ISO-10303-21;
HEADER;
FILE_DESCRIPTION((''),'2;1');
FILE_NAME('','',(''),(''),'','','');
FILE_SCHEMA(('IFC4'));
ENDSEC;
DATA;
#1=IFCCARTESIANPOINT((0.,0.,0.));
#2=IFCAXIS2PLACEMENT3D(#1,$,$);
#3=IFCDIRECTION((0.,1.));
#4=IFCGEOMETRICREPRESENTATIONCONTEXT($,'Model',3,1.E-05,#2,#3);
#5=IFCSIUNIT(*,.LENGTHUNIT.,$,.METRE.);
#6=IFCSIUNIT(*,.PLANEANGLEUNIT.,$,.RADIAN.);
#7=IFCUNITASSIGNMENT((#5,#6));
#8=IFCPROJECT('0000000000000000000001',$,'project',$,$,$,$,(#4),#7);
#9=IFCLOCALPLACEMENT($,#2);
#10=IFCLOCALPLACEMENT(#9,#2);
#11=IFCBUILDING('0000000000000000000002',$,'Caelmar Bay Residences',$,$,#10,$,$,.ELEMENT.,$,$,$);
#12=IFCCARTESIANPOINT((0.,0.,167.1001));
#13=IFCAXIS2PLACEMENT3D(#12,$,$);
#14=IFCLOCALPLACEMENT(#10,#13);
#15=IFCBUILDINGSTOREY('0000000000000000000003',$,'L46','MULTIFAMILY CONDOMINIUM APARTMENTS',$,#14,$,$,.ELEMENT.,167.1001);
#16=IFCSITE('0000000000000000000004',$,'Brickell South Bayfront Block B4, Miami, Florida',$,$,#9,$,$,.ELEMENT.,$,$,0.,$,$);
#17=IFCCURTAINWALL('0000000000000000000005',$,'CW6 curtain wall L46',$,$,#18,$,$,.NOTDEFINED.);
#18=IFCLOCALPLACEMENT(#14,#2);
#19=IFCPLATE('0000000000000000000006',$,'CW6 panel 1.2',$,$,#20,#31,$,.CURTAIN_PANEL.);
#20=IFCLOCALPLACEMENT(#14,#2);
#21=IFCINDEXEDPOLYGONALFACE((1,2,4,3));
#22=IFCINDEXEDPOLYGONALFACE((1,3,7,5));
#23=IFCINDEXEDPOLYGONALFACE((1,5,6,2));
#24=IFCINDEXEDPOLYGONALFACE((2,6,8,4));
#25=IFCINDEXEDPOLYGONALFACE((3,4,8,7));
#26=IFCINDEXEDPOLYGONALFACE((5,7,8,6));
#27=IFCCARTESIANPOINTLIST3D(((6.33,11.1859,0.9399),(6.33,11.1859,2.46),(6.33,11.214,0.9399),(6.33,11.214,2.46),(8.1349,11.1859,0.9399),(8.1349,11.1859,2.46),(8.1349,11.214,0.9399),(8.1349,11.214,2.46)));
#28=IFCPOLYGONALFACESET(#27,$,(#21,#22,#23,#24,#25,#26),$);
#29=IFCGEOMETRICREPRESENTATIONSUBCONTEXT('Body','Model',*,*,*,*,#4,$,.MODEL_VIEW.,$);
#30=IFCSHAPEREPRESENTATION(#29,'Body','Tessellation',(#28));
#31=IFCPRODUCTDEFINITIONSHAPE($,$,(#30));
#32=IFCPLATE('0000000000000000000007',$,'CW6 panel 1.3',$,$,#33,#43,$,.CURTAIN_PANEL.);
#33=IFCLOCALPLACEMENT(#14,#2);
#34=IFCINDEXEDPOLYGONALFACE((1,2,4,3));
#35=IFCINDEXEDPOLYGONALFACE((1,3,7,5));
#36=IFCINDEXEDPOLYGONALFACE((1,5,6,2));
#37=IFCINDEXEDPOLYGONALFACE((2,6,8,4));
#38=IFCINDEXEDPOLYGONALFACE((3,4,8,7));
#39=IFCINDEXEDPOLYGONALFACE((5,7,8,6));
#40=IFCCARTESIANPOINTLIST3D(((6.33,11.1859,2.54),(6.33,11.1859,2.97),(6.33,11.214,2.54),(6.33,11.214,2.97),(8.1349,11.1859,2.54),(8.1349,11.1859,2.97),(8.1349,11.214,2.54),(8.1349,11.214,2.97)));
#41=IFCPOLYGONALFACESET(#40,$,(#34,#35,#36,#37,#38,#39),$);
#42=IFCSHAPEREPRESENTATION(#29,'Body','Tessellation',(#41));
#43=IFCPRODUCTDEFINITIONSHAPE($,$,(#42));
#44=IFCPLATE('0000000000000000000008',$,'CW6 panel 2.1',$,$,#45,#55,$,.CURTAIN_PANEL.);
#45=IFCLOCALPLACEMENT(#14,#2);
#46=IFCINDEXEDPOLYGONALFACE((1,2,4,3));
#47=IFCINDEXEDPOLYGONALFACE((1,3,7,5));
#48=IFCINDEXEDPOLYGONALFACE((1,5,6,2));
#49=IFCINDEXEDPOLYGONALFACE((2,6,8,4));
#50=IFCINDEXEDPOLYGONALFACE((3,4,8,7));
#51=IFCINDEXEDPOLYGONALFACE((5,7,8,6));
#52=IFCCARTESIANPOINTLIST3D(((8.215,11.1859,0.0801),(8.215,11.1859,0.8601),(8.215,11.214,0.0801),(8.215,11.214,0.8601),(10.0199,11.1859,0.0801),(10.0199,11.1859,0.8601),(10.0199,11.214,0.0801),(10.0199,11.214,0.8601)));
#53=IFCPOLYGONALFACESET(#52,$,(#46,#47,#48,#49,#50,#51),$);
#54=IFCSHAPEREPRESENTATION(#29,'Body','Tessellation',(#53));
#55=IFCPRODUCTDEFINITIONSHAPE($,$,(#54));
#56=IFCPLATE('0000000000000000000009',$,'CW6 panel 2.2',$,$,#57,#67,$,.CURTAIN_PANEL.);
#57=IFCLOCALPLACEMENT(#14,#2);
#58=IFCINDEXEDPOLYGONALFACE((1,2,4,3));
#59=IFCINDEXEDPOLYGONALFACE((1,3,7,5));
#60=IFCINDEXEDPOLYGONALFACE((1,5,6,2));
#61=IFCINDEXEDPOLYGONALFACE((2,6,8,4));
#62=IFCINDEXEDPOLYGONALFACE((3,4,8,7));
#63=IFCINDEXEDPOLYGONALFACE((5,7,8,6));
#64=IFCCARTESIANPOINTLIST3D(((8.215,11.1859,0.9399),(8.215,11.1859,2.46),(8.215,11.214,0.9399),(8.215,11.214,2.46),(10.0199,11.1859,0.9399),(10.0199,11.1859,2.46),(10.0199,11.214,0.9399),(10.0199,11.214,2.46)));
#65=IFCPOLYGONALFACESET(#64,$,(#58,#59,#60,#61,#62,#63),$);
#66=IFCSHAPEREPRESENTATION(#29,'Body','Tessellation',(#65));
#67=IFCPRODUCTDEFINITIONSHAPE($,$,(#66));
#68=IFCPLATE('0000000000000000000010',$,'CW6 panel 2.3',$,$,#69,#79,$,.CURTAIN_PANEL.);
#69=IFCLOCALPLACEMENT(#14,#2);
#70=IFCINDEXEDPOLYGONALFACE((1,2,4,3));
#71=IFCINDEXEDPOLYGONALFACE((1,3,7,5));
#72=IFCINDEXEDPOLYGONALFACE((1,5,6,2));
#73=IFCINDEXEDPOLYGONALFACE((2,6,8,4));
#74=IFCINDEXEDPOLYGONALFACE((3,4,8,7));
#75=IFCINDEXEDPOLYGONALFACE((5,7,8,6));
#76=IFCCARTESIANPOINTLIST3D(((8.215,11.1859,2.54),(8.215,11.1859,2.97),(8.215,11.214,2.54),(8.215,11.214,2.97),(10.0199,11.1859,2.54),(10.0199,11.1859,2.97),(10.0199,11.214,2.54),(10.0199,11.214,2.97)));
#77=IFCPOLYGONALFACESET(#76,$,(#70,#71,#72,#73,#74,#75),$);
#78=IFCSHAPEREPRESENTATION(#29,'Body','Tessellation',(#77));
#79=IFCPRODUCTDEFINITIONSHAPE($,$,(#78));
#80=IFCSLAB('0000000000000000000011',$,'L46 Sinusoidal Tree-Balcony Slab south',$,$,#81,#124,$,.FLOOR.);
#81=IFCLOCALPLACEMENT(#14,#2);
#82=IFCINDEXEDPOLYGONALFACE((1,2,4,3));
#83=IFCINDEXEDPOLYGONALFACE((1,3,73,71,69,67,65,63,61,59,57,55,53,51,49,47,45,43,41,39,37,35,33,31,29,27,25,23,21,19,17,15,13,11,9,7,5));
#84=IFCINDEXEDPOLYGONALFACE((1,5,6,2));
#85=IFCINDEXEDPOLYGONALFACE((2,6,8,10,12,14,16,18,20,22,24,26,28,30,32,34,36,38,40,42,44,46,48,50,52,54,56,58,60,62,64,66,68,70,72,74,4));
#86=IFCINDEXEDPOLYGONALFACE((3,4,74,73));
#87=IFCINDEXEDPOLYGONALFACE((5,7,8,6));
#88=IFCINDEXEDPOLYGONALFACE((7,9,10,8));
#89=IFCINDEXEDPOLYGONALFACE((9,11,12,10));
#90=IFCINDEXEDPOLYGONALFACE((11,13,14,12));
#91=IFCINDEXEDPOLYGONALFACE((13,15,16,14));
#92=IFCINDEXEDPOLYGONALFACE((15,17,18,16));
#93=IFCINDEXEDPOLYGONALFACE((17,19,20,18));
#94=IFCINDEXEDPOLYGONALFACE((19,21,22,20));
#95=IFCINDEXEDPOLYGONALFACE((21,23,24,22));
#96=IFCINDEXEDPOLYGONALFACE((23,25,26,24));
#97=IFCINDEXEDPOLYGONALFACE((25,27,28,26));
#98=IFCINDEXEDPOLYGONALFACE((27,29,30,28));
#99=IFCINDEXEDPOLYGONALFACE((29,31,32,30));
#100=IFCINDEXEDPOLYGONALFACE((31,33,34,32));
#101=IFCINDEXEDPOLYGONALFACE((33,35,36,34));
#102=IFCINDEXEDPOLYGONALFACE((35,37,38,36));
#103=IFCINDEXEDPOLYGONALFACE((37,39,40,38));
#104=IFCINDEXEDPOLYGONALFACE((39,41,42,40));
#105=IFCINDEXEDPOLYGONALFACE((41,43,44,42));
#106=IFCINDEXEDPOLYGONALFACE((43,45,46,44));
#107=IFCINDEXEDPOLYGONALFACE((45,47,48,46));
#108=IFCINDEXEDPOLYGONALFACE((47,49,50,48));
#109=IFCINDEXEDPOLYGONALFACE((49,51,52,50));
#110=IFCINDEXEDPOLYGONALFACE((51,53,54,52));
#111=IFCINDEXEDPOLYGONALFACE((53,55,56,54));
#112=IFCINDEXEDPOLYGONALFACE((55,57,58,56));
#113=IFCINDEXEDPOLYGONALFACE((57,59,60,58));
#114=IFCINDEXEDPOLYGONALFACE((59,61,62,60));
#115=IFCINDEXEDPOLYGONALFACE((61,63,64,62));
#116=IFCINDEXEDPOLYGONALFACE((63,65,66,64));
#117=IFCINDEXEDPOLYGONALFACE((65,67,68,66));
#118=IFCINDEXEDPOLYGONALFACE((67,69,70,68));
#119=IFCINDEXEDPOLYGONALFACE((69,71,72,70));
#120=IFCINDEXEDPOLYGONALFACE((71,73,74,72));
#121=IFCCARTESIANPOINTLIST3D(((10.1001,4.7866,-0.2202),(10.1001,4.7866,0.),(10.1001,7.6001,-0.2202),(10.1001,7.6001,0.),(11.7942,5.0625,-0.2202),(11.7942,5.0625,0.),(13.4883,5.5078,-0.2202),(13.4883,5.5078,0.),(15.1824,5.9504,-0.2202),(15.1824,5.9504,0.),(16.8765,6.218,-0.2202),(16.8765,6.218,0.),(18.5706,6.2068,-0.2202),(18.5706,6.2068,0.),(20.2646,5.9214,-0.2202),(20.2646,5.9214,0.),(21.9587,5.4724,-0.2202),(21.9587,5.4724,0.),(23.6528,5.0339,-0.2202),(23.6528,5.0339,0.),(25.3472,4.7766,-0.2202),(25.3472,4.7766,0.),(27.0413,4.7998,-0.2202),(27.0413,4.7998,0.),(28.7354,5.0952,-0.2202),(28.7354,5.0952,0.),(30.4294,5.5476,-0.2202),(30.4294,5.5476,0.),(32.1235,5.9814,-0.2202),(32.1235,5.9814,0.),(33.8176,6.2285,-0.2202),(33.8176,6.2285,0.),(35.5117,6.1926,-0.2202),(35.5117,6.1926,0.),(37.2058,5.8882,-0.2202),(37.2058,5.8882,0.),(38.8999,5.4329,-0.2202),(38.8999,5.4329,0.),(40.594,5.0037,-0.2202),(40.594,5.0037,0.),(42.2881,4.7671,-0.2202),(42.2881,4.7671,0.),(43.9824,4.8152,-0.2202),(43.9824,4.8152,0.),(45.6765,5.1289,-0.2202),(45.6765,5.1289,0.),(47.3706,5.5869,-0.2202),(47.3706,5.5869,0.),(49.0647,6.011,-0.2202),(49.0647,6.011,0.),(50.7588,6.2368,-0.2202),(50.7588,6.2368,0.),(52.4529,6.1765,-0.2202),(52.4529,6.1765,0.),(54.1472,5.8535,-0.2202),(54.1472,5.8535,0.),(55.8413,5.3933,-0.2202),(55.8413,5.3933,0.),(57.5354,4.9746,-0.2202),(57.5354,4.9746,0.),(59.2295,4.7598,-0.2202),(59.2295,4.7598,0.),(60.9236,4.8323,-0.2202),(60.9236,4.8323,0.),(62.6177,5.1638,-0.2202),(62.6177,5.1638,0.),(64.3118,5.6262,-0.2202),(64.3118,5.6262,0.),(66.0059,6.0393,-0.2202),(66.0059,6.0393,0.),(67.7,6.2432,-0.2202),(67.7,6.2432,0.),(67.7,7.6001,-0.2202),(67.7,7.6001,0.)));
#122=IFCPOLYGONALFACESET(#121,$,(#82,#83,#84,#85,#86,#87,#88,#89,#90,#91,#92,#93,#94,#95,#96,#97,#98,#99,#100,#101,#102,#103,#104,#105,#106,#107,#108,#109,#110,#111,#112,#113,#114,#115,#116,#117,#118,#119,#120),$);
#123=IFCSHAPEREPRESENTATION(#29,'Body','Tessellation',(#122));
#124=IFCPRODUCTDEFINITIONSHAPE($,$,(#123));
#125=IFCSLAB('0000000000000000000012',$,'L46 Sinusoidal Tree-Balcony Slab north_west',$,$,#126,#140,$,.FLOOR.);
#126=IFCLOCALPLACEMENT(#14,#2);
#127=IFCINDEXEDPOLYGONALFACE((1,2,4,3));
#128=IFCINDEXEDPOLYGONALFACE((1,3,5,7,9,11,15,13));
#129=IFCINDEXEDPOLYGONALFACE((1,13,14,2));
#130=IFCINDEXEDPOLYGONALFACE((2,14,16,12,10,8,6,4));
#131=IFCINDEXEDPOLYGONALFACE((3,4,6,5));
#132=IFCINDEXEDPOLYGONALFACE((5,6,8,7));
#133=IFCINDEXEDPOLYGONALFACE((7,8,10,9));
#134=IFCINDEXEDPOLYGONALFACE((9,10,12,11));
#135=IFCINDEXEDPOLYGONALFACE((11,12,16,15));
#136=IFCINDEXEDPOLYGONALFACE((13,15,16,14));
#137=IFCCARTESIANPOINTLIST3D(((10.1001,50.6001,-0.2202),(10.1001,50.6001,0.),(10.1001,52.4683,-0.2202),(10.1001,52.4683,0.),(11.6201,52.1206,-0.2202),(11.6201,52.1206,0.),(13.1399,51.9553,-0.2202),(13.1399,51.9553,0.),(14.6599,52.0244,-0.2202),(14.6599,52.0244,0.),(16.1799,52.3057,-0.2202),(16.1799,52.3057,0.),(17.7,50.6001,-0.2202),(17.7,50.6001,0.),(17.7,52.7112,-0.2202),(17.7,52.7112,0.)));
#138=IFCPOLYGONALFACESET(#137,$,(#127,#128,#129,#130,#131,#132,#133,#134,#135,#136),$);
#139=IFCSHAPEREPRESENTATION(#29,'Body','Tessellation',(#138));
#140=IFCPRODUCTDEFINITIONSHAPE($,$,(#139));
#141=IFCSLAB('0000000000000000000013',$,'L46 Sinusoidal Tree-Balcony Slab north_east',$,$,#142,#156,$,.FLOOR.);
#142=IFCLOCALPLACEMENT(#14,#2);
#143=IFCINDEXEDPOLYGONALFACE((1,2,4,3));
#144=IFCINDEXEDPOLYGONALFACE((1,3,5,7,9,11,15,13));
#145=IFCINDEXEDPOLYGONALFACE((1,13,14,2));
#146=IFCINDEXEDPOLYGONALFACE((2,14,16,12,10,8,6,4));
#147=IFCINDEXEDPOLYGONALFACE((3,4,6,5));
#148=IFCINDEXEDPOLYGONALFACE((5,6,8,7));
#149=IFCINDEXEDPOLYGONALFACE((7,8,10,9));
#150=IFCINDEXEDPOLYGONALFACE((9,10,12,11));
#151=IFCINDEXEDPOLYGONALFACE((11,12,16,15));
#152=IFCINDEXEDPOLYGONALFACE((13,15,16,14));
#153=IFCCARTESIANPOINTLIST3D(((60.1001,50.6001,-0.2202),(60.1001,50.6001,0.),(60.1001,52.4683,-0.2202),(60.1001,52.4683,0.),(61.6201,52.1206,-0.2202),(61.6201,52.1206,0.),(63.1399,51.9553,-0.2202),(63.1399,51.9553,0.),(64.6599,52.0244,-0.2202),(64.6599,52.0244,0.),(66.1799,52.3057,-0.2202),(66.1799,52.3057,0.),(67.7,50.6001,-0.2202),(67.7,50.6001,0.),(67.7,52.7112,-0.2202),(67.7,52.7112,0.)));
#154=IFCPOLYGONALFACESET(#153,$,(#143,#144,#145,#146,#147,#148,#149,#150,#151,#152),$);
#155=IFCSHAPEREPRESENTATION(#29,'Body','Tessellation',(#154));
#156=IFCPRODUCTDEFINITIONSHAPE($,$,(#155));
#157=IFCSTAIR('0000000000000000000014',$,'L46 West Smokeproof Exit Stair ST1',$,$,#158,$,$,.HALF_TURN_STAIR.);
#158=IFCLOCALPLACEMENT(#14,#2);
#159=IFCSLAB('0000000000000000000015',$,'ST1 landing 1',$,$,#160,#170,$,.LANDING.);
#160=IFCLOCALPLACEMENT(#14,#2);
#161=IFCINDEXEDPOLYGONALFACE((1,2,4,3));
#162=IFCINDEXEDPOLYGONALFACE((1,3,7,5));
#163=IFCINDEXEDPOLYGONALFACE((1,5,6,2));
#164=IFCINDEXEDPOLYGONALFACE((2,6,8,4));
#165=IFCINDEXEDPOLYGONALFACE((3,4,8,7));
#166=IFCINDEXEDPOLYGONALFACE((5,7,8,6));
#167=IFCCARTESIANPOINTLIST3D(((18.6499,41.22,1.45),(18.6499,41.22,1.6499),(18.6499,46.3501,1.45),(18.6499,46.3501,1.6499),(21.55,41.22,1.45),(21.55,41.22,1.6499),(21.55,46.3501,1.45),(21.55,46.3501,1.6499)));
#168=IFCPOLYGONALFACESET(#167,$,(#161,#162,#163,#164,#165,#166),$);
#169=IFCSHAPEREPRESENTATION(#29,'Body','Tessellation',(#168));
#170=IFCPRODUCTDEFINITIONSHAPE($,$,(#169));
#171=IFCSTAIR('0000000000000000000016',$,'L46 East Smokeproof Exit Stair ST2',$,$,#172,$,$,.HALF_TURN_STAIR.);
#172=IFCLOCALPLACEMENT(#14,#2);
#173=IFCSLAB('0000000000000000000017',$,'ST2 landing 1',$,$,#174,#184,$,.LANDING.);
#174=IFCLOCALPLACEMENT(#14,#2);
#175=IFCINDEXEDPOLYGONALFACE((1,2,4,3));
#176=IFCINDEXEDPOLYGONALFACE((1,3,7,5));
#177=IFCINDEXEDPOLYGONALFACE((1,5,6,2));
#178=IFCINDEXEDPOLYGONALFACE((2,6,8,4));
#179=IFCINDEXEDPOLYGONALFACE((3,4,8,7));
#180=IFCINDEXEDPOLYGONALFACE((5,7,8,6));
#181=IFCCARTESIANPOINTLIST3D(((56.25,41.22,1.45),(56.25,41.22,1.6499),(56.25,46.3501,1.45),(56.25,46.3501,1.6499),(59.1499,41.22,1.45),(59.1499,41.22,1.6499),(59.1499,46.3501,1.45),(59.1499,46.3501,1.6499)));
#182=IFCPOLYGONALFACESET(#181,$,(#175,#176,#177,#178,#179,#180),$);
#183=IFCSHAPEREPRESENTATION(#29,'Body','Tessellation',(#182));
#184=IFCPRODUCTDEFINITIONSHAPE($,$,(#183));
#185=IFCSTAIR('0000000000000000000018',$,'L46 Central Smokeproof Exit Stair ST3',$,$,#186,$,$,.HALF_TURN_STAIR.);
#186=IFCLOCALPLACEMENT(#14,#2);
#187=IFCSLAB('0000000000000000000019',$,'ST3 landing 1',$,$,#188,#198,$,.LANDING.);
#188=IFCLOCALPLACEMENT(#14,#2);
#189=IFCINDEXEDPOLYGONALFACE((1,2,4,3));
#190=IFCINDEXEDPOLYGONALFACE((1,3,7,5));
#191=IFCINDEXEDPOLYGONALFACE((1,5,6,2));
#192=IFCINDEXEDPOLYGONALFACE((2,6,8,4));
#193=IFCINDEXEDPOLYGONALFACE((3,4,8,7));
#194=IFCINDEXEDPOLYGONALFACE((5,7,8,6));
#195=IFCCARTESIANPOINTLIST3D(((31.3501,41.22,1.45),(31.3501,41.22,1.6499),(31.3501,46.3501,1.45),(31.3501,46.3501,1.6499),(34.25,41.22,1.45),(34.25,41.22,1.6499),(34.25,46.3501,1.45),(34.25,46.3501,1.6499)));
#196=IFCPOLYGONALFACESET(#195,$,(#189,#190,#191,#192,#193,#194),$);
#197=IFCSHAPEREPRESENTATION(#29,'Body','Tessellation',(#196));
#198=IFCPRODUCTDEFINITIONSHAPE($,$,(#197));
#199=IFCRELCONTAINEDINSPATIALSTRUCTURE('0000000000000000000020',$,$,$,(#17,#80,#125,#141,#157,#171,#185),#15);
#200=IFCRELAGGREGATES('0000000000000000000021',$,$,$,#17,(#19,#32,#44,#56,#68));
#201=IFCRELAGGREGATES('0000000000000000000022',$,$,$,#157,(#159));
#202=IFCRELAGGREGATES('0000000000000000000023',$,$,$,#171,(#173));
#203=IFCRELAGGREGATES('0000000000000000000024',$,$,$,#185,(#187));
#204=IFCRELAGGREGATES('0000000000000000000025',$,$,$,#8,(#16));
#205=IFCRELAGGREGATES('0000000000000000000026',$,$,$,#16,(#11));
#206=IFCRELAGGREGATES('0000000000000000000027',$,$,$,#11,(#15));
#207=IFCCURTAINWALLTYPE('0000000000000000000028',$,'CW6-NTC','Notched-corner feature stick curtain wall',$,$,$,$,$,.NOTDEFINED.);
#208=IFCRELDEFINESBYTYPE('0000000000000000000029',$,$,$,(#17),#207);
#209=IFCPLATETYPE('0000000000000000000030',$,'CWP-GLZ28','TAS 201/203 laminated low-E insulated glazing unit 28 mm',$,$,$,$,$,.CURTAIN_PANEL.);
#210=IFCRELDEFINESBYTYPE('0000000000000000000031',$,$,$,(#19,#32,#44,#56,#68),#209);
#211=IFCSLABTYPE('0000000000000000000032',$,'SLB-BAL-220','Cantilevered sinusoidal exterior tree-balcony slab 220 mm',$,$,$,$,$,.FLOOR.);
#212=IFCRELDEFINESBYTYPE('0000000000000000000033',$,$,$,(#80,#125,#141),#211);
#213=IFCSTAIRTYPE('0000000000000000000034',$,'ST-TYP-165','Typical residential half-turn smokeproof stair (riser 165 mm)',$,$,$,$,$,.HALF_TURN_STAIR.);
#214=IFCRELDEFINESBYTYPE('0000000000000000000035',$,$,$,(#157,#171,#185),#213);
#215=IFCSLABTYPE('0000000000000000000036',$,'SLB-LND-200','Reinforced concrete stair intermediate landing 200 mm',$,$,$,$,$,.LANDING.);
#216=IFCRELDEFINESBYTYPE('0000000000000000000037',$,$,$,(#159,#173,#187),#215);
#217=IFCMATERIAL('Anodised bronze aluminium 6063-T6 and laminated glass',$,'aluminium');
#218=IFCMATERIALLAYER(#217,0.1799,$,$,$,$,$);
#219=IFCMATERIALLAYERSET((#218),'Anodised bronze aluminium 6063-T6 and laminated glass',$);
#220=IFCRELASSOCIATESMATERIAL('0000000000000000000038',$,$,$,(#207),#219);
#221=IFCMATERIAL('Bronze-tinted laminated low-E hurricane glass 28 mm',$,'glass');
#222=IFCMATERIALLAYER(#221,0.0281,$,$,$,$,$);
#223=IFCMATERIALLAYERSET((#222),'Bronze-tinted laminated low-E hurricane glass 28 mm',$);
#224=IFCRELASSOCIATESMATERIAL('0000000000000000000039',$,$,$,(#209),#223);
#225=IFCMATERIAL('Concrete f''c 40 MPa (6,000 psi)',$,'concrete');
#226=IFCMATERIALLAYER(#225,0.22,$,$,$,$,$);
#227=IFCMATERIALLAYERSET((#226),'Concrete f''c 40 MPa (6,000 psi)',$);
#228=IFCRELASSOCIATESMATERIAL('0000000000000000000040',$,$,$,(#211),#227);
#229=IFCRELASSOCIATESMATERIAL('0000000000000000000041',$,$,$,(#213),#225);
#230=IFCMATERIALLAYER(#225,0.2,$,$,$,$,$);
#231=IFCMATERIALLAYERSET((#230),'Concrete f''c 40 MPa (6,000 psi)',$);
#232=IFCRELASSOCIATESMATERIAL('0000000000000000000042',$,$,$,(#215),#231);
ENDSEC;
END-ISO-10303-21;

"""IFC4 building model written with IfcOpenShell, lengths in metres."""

from ifc_helpers import new_model, si_unit, direction, frame, origin, origin_2d, place, context, subcontext, project, spatial, polyline, rectangle, outline, extrude, material, layer, layer_set, type_object, element, aggregate, save


model = new_model("IFC4")

# Units and contexts
model_context = context("Model", 3, precision=1e-05, world=origin(), true_north=direction((0.0, 1.0)))
body_context = subcontext(model_context, "Body", "Model", "MODEL_VIEW")
ifc_project = project(units=[si_unit("LENGTHUNIT", "METRE"), si_unit("PLANEANGLEUNIT", "RADIAN")], contexts=[model_context])

# Site, building, storey
site_placement = place(None, origin())
site = spatial("IfcSite", under=ifc_project, at=site_placement, Name="Brickell South Bayfront Block B4, Miami, Florida", CompositionType="ELEMENT", RefElevation=0.0)
building_placement = place(site_placement, origin())
building = spatial("IfcBuilding", under=site, at=building_placement, Name="Caelmar Bay Residences", CompositionType="ELEMENT")
storey_placement = place(building_placement, frame((0.0, 0.0, 167.1001)))
storey = spatial("IfcBuildingStorey", under=building, at=storey_placement, Name="L46", Description="MULTIFAMILY CONDOMINIUM APARTMENTS", CompositionType="ELEMENT", Elevation=167.1001)

# Curtain wall
ifc_material_1 = material(Name="Anodised bronze aluminium 6063-T6 and laminated glass", Category="aluminium")
ifc_layer_1 = layer(ifc_material_1, 0.1799)
ifc_layer_set_1 = layer_set([ifc_layer_1], Name="Anodised bronze aluminium 6063-T6 and laminated glass")
curtain_wall_type_1 = type_object("IfcCurtainWallType", Name="CW6-NTC", Description="Notched-corner feature stick curtain wall", PredefinedType="NOTDEFINED", material=ifc_layer_set_1)
curtain_wall_1_placement = place(storey_placement, origin())
curtain_wall_1 = element("IfcCurtainWall", 1, at=curtain_wall_1_placement, inside=storey, type_object=curtain_wall_type_1, Name="CW6 curtain wall L46", PredefinedType="NOTDEFINED")

# Plates
ifc_material_2 = material(Name="Bronze-tinted laminated low-E hurricane glass 28 mm", Category="glass")
ifc_layer_2 = layer(ifc_material_2, 0.0281)
ifc_layer_set_2 = layer_set([ifc_layer_2], Name="Bronze-tinted laminated low-E hurricane glass 28 mm")
plate_type = type_object("IfcPlateType", Name="CWP-GLZ28", Description="TAS 201/203 laminated low-E insulated glazing unit 28 mm", PredefinedType="CURTAIN_PANEL", material=ifc_layer_set_2)
plate_1_placement = place(storey_placement, frame((7.2324, 11.2, 0.9399), z_axis=(0.0, 0.0, 1.0), x_axis=(1.0, 0.0, 0.0)))
plate_1 = element("IfcPlate", 2, at=plate_1_placement, type_object=plate_type, Name="CW6 panel 1.2", PredefinedType="CURTAIN_PANEL", context=body_context, shape_type="SweptSolid", body=[
    extrude(rectangle(XDim=1.8049, YDim=0.0281, at=origin_2d()), origin(), (0.0, 0.0, 1.0), 1.52),
])
plate_2_placement = place(storey_placement, frame((7.2324, 11.2, 2.54), z_axis=(0.0, 0.0, 1.0), x_axis=(1.0, 0.0, 0.0)))
plate_2 = element("IfcPlate", 3, at=plate_2_placement, type_object=plate_type, Name="CW6 panel 1.3", PredefinedType="CURTAIN_PANEL", context=body_context, shape_type="SweptSolid", body=[
    extrude(rectangle(XDim=1.8049, YDim=0.0281, at=origin_2d()), origin(), (0.0, 0.0, 1.0), 0.4299),
])
plate_3_placement = place(storey_placement, frame((9.1174, 11.2, 0.0801), z_axis=(0.0, 0.0, 1.0), x_axis=(1.0, 0.0, 0.0)))
plate_3 = element("IfcPlate", 4, at=plate_3_placement, type_object=plate_type, Name="CW6 panel 2.1", PredefinedType="CURTAIN_PANEL", context=body_context, shape_type="SweptSolid", body=[
    extrude(rectangle(XDim=1.8049, YDim=0.0281, at=origin_2d()), origin(), (0.0, 0.0, 1.0), 0.78),
])
plate_4_placement = place(storey_placement, frame((9.1174, 11.2, 0.9399), z_axis=(0.0, 0.0, 1.0), x_axis=(1.0, 0.0, 0.0)))
plate_4 = element("IfcPlate", 5, at=plate_4_placement, type_object=plate_type, Name="CW6 panel 2.2", PredefinedType="CURTAIN_PANEL", context=body_context, shape_type="SweptSolid", body=[
    extrude(rectangle(XDim=1.8049, YDim=0.0281, at=origin_2d()), origin(), (0.0, 0.0, 1.0), 1.52),
])
plate_5_placement = place(storey_placement, frame((9.1174, 11.2, 2.54), z_axis=(0.0, 0.0, 1.0), x_axis=(1.0, 0.0, 0.0)))
plate_5 = element("IfcPlate", 6, at=plate_5_placement, type_object=plate_type, Name="CW6 panel 2.3", PredefinedType="CURTAIN_PANEL", context=body_context, shape_type="SweptSolid", body=[
    extrude(rectangle(XDim=1.8049, YDim=0.0281, at=origin_2d()), origin(), (0.0, 0.0, 1.0), 0.4299),
])
aggregate(curtain_wall_1, [plate_1, plate_2, plate_3, plate_4, plate_5])

# Slabs
ifc_material_3 = material(Name="Concrete f'c 40 MPa (6,000 psi)", Category="concrete")
ifc_layer_3 = layer(ifc_material_3, 0.22)
ifc_layer_set_3 = layer_set([ifc_layer_3], Name="Concrete f'c 40 MPa (6,000 psi)")
slab_type_1 = type_object("IfcSlabType", Name="SLB-BAL-220", Description="Cantilevered sinusoidal exterior tree-balcony slab 220 mm", PredefinedType="FLOOR", material=ifc_layer_set_3)
slab_1_placement = place(storey_placement, frame((0.0, 0.0, -0.2202)))
element("IfcSlab", 7, at=slab_1_placement, inside=storey, type_object=slab_type_1, Name="L46 Sinusoidal Tree-Balcony Slab south", PredefinedType="FLOOR", context=body_context, shape_type="SweptSolid", body=[
    extrude(outline(polyline([(10.1001, 4.7866), (11.7942, 5.0625), (13.4883, 5.5078), (15.1824, 5.9504), (16.8765, 6.218), (18.5706, 6.2068), (20.2646, 5.9214), (21.9587, 5.4724), (23.6528, 5.0339), (25.3472, 4.7766), (27.0413, 4.7998), (28.7354, 5.0952), (30.4294, 5.5476), (32.1235, 5.9814), (33.8176, 6.2285), (35.5117, 6.1926), (37.2058, 5.8882), (38.8999, 5.4329), (40.594, 5.0037), (42.2881, 4.7671), (43.9824, 4.8152), (45.6765, 5.1289), (47.3706, 5.5869), (49.0647, 6.011), (50.7588, 6.2368), (52.4529, 6.1765), (54.1472, 5.8535), (55.8413, 5.3933), (57.5354, 4.9746), (59.2295, 4.7598), (60.9236, 4.8323), (62.6177, 5.1638), (64.3118, 5.6262), (66.0059, 6.0393), (67.7, 6.2432), (67.7, 7.6001), (10.1001, 7.6001), (10.1001, 4.7866)])), origin(), (0.0, 0.0, 1.0), 0.2202),
])
slab_2_placement = place(storey_placement, frame((0.0, 0.0, -0.2202)))
element("IfcSlab", 8, at=slab_2_placement, inside=storey, type_object=slab_type_1, Name="L46 Sinusoidal Tree-Balcony Slab north_west", PredefinedType="FLOOR", context=body_context, shape_type="SweptSolid", body=[
    extrude(outline(polyline([(10.1001, 50.6001), (17.7, 50.6001), (17.7, 52.7112), (16.1799, 52.3057), (14.6599, 52.0244), (13.1399, 51.9553), (11.6201, 52.1206), (10.1001, 52.4683), (10.1001, 50.6001)])), origin(), (0.0, 0.0, 1.0), 0.2202),
])
slab_3_placement = place(storey_placement, frame((0.0, 0.0, -0.2202)))
element("IfcSlab", 9, at=slab_3_placement, inside=storey, type_object=slab_type_1, Name="L46 Sinusoidal Tree-Balcony Slab north_east", PredefinedType="FLOOR", context=body_context, shape_type="SweptSolid", body=[
    extrude(outline(polyline([(60.1001, 50.6001), (67.7, 50.6001), (67.7, 52.7112), (66.1799, 52.3057), (64.6599, 52.0244), (63.1399, 51.9553), (61.6201, 52.1206), (60.1001, 52.4683), (60.1001, 50.6001)])), origin(), (0.0, 0.0, 1.0), 0.2202),
])

# Stairs, slabs
stair_type = type_object("IfcStairType", Name="ST-TYP-165", Description="Typical residential half-turn smokeproof stair (riser 165 mm)", PredefinedType="HALF_TURN_STAIR", material=ifc_material_3)
stair_1_placement = place(storey_placement, origin())
stair_1 = element("IfcStair", 10, at=stair_1_placement, inside=storey, type_object=stair_type, Name="L46 West Smokeproof Exit Stair ST1", PredefinedType="HALF_TURN_STAIR")
ifc_layer_4 = layer(ifc_material_3, 0.2)
ifc_layer_set_4 = layer_set([ifc_layer_4], Name="Concrete f'c 40 MPa (6,000 psi)")
slab_type_2 = type_object("IfcSlabType", Name="SLB-LND-200", Description="Reinforced concrete stair intermediate landing 200 mm", PredefinedType="LANDING", material=ifc_layer_set_4)
slab_4_placement = place(storey_placement, frame((0.0, 0.0, 1.45)))
slab_4 = element("IfcSlab", 11, at=slab_4_placement, type_object=slab_type_2, Name="ST1 landing 1", PredefinedType="LANDING", context=body_context, shape_type="SweptSolid", body=[
    extrude(outline(polyline([(21.55, 41.22), (21.55, 46.3501), (18.6499, 46.3501), (18.6499, 41.22), (21.55, 41.22)])), origin(), (0.0, 0.0, 1.0), 0.2),
])
aggregate(stair_1, [slab_4])
stair_2_placement = place(storey_placement, origin())
stair_2 = element("IfcStair", 12, at=stair_2_placement, inside=storey, type_object=stair_type, Name="L46 East Smokeproof Exit Stair ST2", PredefinedType="HALF_TURN_STAIR")
slab_5_placement = place(storey_placement, frame((0.0, 0.0, 1.45)))
slab_5 = element("IfcSlab", 13, at=slab_5_placement, type_object=slab_type_2, Name="ST2 landing 1", PredefinedType="LANDING", context=body_context, shape_type="SweptSolid", body=[
    extrude(outline(polyline([(59.1499, 41.22), (59.1499, 46.3501), (56.25, 46.3501), (56.25, 41.22), (59.1499, 41.22)])), origin(), (0.0, 0.0, 1.0), 0.2),
])
aggregate(stair_2, [slab_5])
stair_3_placement = place(storey_placement, origin())
stair_3 = element("IfcStair", 14, at=stair_3_placement, inside=storey, type_object=stair_type, Name="L46 Central Smokeproof Exit Stair ST3", PredefinedType="HALF_TURN_STAIR")
slab_6_placement = place(storey_placement, frame((0.0, 0.0, 1.45)))
slab_6 = element("IfcSlab", 15, at=slab_6_placement, type_object=slab_type_2, Name="ST3 landing 1", PredefinedType="LANDING", context=body_context, shape_type="SweptSolid", body=[
    extrude(outline(polyline([(34.25, 41.22), (34.25, 46.3501), (31.3501, 46.3501), (31.3501, 41.22), (34.25, 41.22)])), origin(), (0.0, 0.0, 1.0), 0.2),
])
aggregate(stair_3, [slab_6])

save(model, "model.ifc")
